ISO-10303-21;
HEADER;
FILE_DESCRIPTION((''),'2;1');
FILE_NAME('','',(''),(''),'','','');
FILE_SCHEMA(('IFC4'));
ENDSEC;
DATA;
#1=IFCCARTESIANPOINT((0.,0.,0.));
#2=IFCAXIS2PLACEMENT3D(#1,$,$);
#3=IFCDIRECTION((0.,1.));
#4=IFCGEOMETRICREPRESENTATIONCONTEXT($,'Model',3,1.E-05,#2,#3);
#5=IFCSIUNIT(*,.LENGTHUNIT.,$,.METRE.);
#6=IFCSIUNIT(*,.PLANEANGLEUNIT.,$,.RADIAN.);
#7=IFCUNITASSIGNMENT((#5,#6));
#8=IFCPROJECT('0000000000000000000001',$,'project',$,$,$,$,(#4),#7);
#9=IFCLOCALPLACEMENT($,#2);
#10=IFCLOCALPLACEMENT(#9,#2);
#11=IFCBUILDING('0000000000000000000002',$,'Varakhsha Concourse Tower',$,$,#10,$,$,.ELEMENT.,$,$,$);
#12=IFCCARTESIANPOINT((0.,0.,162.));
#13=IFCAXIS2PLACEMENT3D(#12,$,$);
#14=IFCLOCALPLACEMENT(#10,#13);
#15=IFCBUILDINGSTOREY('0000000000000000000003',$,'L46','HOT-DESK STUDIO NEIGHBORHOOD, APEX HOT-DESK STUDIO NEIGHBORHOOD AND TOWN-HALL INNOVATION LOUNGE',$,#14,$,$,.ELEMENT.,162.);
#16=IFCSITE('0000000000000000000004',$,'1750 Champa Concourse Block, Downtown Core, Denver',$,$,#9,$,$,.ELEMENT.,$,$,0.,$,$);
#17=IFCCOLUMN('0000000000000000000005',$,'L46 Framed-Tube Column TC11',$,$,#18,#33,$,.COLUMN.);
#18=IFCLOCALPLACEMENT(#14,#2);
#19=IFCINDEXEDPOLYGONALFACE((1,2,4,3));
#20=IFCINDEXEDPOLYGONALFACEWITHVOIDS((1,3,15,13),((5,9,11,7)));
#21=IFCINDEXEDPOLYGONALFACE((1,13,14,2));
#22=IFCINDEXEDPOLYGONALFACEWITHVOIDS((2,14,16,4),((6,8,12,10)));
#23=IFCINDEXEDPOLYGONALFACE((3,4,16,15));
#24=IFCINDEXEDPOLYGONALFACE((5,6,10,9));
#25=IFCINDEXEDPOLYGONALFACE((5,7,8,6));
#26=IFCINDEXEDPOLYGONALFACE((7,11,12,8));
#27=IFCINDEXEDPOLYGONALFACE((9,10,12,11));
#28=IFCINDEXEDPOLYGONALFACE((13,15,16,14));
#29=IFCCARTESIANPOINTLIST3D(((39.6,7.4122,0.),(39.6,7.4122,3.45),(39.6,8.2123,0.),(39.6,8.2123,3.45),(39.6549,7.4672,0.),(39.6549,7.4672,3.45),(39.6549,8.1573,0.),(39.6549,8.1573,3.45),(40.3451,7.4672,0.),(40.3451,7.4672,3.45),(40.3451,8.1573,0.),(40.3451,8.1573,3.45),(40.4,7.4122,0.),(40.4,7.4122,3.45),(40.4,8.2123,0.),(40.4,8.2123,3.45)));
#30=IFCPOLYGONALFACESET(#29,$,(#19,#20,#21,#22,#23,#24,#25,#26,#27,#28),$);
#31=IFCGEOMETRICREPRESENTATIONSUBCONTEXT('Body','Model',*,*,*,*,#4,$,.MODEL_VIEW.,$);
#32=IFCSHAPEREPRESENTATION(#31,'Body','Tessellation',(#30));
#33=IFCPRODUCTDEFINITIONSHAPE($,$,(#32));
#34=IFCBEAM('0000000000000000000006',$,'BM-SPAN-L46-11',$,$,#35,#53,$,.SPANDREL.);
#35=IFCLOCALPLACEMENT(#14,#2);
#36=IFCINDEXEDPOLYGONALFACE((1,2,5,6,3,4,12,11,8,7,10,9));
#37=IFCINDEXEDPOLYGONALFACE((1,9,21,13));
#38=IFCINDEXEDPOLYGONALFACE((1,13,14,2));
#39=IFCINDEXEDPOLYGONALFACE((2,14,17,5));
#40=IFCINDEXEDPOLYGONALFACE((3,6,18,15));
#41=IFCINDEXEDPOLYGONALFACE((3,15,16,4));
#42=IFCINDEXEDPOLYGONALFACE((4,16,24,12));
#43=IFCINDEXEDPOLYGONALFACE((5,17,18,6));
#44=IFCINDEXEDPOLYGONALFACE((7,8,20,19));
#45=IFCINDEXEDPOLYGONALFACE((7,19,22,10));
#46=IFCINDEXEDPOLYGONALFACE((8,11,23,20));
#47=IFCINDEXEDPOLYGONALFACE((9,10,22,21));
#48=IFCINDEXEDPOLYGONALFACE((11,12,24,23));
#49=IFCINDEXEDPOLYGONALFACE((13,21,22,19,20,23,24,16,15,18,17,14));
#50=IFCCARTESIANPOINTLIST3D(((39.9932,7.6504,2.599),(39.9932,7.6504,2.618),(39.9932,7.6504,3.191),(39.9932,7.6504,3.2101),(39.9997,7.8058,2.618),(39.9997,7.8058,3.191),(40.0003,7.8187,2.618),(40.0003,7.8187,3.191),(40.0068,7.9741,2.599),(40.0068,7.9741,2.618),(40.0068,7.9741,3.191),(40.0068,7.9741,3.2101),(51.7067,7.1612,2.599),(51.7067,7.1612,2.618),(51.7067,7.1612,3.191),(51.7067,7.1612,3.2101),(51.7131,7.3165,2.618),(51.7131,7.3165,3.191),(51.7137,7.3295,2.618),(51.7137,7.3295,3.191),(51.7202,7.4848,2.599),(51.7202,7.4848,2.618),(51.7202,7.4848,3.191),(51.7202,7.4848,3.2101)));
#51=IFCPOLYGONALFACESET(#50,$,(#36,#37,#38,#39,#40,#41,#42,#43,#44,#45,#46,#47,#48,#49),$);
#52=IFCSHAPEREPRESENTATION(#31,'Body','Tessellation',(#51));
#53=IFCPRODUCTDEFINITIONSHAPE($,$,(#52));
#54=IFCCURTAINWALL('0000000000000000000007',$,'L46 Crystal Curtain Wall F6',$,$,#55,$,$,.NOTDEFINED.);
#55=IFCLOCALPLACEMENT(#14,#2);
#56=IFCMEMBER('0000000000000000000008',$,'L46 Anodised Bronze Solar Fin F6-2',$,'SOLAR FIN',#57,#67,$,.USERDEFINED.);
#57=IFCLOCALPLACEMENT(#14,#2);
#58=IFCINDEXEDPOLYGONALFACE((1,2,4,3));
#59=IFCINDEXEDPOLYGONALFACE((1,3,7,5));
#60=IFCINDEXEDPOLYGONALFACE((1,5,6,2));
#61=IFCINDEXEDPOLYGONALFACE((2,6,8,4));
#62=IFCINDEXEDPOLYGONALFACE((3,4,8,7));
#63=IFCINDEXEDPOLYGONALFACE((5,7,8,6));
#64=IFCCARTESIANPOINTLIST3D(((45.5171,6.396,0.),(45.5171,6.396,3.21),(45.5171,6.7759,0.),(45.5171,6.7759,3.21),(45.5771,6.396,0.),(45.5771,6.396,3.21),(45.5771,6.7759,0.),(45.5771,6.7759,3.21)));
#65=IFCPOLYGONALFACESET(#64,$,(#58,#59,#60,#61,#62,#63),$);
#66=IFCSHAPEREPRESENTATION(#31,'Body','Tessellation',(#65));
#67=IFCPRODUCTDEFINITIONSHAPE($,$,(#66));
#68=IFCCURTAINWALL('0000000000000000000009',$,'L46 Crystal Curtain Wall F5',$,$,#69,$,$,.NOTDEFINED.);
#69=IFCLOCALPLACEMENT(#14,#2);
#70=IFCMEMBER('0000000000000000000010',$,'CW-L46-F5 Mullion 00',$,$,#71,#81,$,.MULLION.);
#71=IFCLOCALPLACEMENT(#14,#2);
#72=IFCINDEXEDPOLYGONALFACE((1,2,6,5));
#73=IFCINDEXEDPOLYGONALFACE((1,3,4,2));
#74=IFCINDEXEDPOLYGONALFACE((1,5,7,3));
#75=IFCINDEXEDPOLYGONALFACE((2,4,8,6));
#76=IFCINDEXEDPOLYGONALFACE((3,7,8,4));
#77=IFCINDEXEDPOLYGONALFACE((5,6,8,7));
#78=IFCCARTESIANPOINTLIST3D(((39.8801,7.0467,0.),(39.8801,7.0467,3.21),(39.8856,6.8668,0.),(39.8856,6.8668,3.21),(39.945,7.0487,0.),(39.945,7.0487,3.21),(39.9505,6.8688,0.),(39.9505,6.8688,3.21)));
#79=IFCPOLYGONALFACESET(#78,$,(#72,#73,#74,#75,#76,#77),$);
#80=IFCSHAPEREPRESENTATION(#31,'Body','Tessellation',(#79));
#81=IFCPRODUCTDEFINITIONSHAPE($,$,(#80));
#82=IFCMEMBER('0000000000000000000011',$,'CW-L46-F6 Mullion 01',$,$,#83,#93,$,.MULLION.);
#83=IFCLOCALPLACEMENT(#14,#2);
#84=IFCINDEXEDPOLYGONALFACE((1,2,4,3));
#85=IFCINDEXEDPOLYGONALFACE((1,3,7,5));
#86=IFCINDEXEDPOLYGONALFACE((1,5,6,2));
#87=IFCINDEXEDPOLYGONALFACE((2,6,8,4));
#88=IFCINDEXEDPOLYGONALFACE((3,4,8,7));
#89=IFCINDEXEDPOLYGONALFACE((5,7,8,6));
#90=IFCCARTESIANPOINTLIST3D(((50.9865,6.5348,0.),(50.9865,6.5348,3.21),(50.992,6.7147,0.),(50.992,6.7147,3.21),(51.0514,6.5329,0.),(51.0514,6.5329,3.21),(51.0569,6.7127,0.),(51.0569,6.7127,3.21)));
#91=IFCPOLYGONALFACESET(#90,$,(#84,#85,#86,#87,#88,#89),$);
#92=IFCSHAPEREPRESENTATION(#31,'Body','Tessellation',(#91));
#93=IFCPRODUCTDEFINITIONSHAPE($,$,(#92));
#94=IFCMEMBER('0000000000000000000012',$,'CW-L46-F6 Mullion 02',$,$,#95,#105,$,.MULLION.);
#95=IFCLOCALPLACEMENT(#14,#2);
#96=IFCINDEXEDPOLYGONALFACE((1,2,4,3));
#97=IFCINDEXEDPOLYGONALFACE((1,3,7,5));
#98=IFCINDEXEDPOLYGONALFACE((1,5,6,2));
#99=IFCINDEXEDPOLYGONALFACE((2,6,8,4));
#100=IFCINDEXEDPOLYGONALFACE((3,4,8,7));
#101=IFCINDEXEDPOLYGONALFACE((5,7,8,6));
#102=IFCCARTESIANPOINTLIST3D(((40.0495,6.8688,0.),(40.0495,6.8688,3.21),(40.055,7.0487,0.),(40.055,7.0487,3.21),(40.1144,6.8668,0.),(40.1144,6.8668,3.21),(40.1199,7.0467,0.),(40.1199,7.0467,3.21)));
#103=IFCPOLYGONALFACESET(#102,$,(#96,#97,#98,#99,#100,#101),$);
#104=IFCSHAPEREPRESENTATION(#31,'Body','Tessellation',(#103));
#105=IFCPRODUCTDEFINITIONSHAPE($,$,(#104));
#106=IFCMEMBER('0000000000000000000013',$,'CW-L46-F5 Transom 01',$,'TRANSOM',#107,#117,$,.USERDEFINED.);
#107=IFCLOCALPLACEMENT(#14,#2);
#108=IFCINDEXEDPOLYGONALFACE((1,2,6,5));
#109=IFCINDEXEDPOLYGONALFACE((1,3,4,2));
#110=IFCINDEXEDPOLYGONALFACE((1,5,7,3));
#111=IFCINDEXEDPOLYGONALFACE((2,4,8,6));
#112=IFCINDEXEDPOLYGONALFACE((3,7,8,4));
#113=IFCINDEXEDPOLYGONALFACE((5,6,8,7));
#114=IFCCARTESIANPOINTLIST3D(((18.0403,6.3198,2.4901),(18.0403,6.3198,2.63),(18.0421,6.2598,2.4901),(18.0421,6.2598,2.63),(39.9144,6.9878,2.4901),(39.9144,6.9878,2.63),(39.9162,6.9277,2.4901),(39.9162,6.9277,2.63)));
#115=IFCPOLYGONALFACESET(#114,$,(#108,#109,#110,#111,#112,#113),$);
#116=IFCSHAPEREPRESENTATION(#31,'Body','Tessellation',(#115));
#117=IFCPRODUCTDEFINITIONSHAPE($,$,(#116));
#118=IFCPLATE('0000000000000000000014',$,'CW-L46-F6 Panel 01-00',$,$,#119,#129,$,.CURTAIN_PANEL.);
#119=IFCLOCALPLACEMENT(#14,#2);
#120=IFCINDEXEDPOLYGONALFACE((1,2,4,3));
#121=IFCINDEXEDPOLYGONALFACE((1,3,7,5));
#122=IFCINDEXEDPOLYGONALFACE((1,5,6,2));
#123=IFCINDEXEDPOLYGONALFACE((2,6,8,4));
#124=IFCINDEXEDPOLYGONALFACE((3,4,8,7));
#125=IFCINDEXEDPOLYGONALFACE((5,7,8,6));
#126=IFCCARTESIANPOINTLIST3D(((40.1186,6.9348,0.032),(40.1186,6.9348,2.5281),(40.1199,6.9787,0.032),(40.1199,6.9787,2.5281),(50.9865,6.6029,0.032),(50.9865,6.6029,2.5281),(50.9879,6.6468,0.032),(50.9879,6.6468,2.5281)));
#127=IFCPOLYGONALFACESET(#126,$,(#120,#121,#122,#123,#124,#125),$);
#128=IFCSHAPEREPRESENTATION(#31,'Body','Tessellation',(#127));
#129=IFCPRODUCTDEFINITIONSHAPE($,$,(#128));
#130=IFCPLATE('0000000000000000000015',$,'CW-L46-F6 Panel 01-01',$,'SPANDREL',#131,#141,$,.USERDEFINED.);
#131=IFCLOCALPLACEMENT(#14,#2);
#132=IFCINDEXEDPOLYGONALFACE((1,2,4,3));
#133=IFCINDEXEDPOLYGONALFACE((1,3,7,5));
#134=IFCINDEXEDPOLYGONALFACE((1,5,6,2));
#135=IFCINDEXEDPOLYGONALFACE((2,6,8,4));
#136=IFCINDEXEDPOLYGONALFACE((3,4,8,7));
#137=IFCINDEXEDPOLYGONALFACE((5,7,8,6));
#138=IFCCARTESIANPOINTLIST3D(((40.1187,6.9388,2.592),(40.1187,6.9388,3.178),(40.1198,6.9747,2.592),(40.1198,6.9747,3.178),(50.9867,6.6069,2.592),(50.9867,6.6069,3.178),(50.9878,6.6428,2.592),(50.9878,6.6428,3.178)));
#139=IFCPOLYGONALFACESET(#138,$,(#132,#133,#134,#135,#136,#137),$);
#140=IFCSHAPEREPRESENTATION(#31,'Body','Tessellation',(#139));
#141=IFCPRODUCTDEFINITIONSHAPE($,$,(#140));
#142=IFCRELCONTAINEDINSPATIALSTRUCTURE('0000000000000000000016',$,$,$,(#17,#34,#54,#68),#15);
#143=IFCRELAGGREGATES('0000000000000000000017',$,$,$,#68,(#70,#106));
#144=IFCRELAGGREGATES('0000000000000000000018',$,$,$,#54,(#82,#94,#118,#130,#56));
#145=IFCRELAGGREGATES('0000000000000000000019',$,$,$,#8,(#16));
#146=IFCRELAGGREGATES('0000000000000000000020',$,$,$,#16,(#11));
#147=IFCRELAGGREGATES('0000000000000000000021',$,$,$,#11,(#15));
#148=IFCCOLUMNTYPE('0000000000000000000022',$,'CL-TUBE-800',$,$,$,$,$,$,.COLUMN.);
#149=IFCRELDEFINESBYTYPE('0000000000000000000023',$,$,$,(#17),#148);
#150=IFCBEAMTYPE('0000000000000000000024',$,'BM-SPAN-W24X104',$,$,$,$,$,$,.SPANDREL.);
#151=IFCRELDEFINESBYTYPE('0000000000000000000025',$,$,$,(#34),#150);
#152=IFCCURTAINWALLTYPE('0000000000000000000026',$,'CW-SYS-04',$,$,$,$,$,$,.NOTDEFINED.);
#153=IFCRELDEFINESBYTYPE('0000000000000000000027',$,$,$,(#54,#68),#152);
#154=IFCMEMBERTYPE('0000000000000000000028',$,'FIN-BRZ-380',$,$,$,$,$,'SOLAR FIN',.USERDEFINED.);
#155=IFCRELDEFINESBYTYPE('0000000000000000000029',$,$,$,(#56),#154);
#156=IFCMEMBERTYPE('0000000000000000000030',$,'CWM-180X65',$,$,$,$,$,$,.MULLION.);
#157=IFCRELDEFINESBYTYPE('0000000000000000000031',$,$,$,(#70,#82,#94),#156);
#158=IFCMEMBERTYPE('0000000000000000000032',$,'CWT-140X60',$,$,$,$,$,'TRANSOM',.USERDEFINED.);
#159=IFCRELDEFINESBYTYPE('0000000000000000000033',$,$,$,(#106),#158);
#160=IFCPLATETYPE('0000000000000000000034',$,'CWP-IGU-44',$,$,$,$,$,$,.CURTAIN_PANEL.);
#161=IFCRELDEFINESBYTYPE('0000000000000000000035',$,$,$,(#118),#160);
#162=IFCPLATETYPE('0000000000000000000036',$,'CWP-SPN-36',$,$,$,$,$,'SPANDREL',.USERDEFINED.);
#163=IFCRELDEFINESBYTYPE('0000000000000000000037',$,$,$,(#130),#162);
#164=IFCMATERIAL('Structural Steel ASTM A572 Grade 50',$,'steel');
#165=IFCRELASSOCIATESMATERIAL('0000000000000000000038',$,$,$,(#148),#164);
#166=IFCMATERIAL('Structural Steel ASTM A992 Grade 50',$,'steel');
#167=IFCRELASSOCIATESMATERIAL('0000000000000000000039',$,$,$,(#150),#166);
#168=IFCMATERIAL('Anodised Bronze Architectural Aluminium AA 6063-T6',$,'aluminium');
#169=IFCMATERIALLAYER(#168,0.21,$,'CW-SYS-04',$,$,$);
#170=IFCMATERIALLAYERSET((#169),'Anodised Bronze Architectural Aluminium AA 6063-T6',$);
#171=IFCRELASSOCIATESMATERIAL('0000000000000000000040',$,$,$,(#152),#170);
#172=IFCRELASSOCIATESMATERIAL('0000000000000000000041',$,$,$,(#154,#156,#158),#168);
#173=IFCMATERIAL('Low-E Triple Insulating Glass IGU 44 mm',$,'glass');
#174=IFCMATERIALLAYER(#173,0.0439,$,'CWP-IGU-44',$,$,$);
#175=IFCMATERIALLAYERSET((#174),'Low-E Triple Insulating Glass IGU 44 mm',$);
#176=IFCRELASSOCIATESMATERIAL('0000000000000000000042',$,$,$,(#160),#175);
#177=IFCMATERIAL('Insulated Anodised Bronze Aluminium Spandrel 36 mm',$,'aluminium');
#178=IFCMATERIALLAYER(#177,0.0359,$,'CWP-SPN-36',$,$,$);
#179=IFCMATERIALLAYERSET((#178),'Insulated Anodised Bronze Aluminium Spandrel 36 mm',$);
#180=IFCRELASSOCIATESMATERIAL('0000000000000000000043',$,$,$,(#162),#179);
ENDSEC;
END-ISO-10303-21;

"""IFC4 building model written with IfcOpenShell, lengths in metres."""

from ifc_helpers import new_model, si_unit, direction, frame, origin, origin_2d, place, context, subcontext, project, spatial, rectangle, hollow_rectangle, i_section, extrude, source, transform, mapped, material, layer, layer_set, material_profile, profile_set, type_object, type_shapes, element, aggregate, save


model = new_model("IFC4")

# Units and contexts
model_context = context("Model", 3, precision=1e-05, world=origin(), true_north=direction((0.0, 1.0)))
body_context = subcontext(model_context, "Body", "Model", "MODEL_VIEW")
ifc_project = project(units=[si_unit("LENGTHUNIT", "METRE"), si_unit("PLANEANGLEUNIT", "RADIAN")], contexts=[model_context])

# Site, building, storey
site_placement = place(None, origin())
site = spatial("IfcSite", under=ifc_project, at=site_placement, Name="1750 Champa Concourse Block, Downtown Core, Denver", CompositionType="ELEMENT", RefElevation=0.0)
building_placement = place(site_placement, origin())
building = spatial("IfcBuilding", under=site, at=building_placement, Name="Varakhsha Concourse Tower", CompositionType="ELEMENT")
storey_placement = place(building_placement, frame((0.0, 0.0, 162.0)))
storey = spatial("IfcBuildingStorey", under=building, at=storey_placement, Name="L46", Description="HOT-DESK STUDIO NEIGHBORHOOD, APEX HOT-DESK STUDIO NEIGHBORHOOD AND TOWN-HALL INNOVATION LOUNGE", CompositionType="ELEMENT", Elevation=162.0)

# Column
ifc_material_1 = material(Name="Structural Steel ASTM A572 Grade 50", Category="steel")
ifc_material_profile_1 = material_profile(ifc_material_1, hollow_rectangle(XDim=0.8, YDim=0.8, WallThickness=0.0549, at=origin_2d()), Name="BOX 800x800x55")
ifc_profile_set_1 = profile_set([ifc_material_profile_1], Name="Structural Steel ASTM A572 Grade 50")
column_type = type_object("IfcColumnType", Name="CL-TUBE-800", PredefinedType="COLUMN", material=ifc_profile_set_1)
column_placement = place(storey_placement, frame((40.0, 7.8123, 0.0), z_axis=(0.0, 0.0, 1.0), x_axis=(1.0, 0.0, 0.0)))
element("IfcColumn", 1, at=column_placement, inside=storey, type_object=column_type, Name="L46 Framed-Tube Column TC11", PredefinedType="COLUMN", context=body_context, shape_type="SweptSolid", body=[
    extrude(hollow_rectangle(XDim=0.8, YDim=0.8, WallThickness=0.0549, at=origin_2d()), origin(), (0.0, 0.0, 1.0), 3.45),
])

# Beam
ifc_material_2 = material(Name="Structural Steel ASTM A992 Grade 50", Category="steel")
ifc_material_profile_2 = material_profile(ifc_material_2, i_section(OverallWidth=0.324, OverallDepth=0.6111, WebThickness=0.0129, FlangeThickness=0.019, at=origin_2d()), Name="W24X104")
ifc_profile_set_2 = profile_set([ifc_material_profile_2], Name="Structural Steel ASTM A992 Grade 50")
beam_type = type_object("IfcBeamType", Name="BM-SPAN-W24X104", PredefinedType="SPANDREL", material=ifc_profile_set_2)
beam_placement = place(storey_placement, frame((40.0, 7.8123, 2.9045), z_axis=(0.999129, -0.041733, 0.0), x_axis=(0.041733, 0.999129, 0.0)))
element("IfcBeam", 2, at=beam_placement, inside=storey, type_object=beam_type, Name="BM-SPAN-L46-11", PredefinedType="SPANDREL", context=body_context, shape_type="SweptSolid", body=[
    extrude(i_section(OverallWidth=0.324, OverallDepth=0.6111, WebThickness=0.0129, FlangeThickness=0.019, at=origin_2d()), origin(), (0.0, 0.0, 1.0), 11.7236),
])

# Curtain walls, members
ifc_material_3 = material(Name="Anodised Bronze Architectural Aluminium AA 6063-T6", Category="aluminium")
ifc_layer_1 = layer(ifc_material_3, 0.21, Name="CW-SYS-04")
ifc_layer_set_1 = layer_set([ifc_layer_1], Name="Anodised Bronze Architectural Aluminium AA 6063-T6")
curtain_wall_type = type_object("IfcCurtainWallType", Name="CW-SYS-04", PredefinedType="NOTDEFINED", material=ifc_layer_set_1)
curtain_wall_1_placement = place(storey_placement, origin())
curtain_wall_1 = element("IfcCurtainWall", 3, at=curtain_wall_1_placement, inside=storey, type_object=curtain_wall_type, Name="L46 Crystal Curtain Wall F6", PredefinedType="NOTDEFINED")
ifc_material_profile_3 = material_profile(ifc_material_3, rectangle(XDim=0.0601, YDim=0.3799, at=origin_2d()), Name="FIN-BRZ-380")
ifc_profile_set_3 = profile_set([ifc_material_profile_3], Name="Anodised Bronze Architectural Aluminium AA 6063-T6")
member_type_1 = type_object("IfcMemberType", Name="FIN-BRZ-380", ElementType="SOLAR FIN", PredefinedType="USERDEFINED", material=ifc_profile_set_3)
shared_shape_1 = source(origin(), body_context, "Body", "SweptSolid", [
    extrude(rectangle(XDim=0.0601, YDim=0.3799, at=origin_2d()), origin(), (0.0, 0.0, 1.0), 3.21),
])
type_shapes(member_type_1, [shared_shape_1])
member_1_placement = place(storey_placement, frame((45.5471, 6.5859, 0.0), z_axis=(0.0, 0.0, 1.0), x_axis=(1.0, 0.0, 0.0)))
member_1 = element("IfcMember", 4, at=member_1_placement, type_object=member_type_1, Name="L46 Anodised Bronze Solar Fin F6-2", ObjectType="SOLAR FIN", PredefinedType="USERDEFINED", context=body_context, shape_type="MappedRepresentation", body=[
    mapped(shared_shape_1, transform((0.0, 0.0, 0.0), scale=1.0)),
])
curtain_wall_2_placement = place(storey_placement, origin())
curtain_wall_2 = element("IfcCurtainWall", 5, at=curtain_wall_2_placement, inside=storey, type_object=curtain_wall_type, Name="L46 Crystal Curtain Wall F5", PredefinedType="NOTDEFINED")
ifc_material_profile_4 = material_profile(ifc_material_3, rectangle(XDim=0.0649, YDim=0.1799, at=origin_2d()), Name="CWM-180X65")
ifc_profile_set_4 = profile_set([ifc_material_profile_4], Name="Anodised Bronze Architectural Aluminium AA 6063-T6")
member_type_2 = type_object("IfcMemberType", Name="CWM-180X65", PredefinedType="MULLION", material=ifc_profile_set_4)
shared_shape_2 = source(origin(), body_context, "Body", "SweptSolid", [
    extrude(rectangle(XDim=0.0649, YDim=0.1799, at=origin_2d()), origin(), (0.0, 0.0, 1.0), 3.21),
])
type_shapes(member_type_2, [shared_shape_2])
member_2_placement = place(storey_placement, frame((39.9153, 6.9578, 0.0), z_axis=(0.0, 0.0, 1.0), x_axis=(-0.999534, -0.030525, 0.0)))
member_2 = element("IfcMember", 6, at=member_2_placement, type_object=member_type_2, Name="CW-L46-F5 Mullion 00", PredefinedType="MULLION", context=body_context, shape_type="MappedRepresentation", body=[
    mapped(shared_shape_2, transform((0.0, 0.0, 0.0), scale=1.0)),
])

# Members
member_3_placement = place(storey_placement, frame((51.0217, 6.6238, 0.0), z_axis=(0.0, 0.0, 1.0), x_axis=(-0.999534, 0.030525, 0.0)))
member_3 = element("IfcMember", 7, at=member_3_placement, type_object=member_type_2, Name="CW-L46-F6 Mullion 01", PredefinedType="MULLION", context=body_context, shape_type="MappedRepresentation", body=[
    mapped(shared_shape_2, transform((0.0, 0.0, 0.0), scale=1.0)),
])
member_4_placement = place(storey_placement, frame((40.0847, 6.9578, 0.0), z_axis=(0.0, 0.0, 1.0), x_axis=(-0.999534, 0.030525, 0.0)))
member_4 = element("IfcMember", 8, at=member_4_placement, type_object=member_type_2, Name="CW-L46-F6 Mullion 02", PredefinedType="MULLION", context=body_context, shape_type="MappedRepresentation", body=[
    mapped(shared_shape_2, transform((0.0, 0.0, 0.0), scale=1.0)),
])
ifc_material_profile_5 = material_profile(ifc_material_3, rectangle(XDim=0.0601, YDim=0.1399, at=origin_2d()), Name="CWT-140X60")
ifc_profile_set_5 = profile_set([ifc_material_profile_5], Name="Anodised Bronze Architectural Aluminium AA 6063-T6")
member_type_3 = type_object("IfcMemberType", Name="CWT-140X60", ElementType="TRANSOM", PredefinedType="USERDEFINED", material=ifc_profile_set_5)
shared_shape_3 = source(origin(), body_context, "Body", "SweptSolid", [
    extrude(rectangle(XDim=0.0601, YDim=0.1399, at=origin_2d()), origin(), (0.0, 0.0, 1.0), 21.8843),
])
type_shapes(member_type_3, [shared_shape_3])
member_5_placement = place(storey_placement, frame((39.9153, 6.9578, 2.5601), z_axis=(-0.999534, -0.030523, 0.0), x_axis=(0.030523, -0.999534, 0.0)))
member_5 = element("IfcMember", 9, at=member_5_placement, type_object=member_type_3, Name="CW-L46-F5 Transom 01", ObjectType="TRANSOM", PredefinedType="USERDEFINED", context=body_context, shape_type="MappedRepresentation", body=[
    mapped(shared_shape_3, transform((0.0, 0.0, 0.0), scale=1.0)),
])
aggregate(curtain_wall_2, [member_2, member_5])

# Plates
ifc_material_4 = material(Name="Low-E Triple Insulating Glass IGU 44 mm", Category="glass")
ifc_layer_2 = layer(ifc_material_4, 0.0439, Name="CWP-IGU-44")
ifc_layer_set_2 = layer_set([ifc_layer_2], Name="Low-E Triple Insulating Glass IGU 44 mm")
plate_type_1 = type_object("IfcPlateType", Name="CWP-IGU-44", PredefinedType="CURTAIN_PANEL", material=ifc_layer_set_2)
shared_shape_4 = source(origin(), body_context, "Body", "SweptSolid", [
    extrude(rectangle(XDim=10.873, YDim=0.0439, at=origin_2d()), origin(), (0.0, 0.0, 1.0), 2.4961),
])
type_shapes(plate_type_1, [shared_shape_4])
plate_1_placement = place(storey_placement, frame((45.5532, 6.7908, 0.032), z_axis=(0.0, 0.0, 1.0), x_axis=(-0.999534, 0.030525, 0.0)))
plate_1 = element("IfcPlate", 10, at=plate_1_placement, type_object=plate_type_1, Name="CW-L46-F6 Panel 01-00", PredefinedType="CURTAIN_PANEL", context=body_context, shape_type="MappedRepresentation", body=[
    mapped(shared_shape_4, transform((0.0, 0.0, 0.0), scale=1.0)),
])
ifc_material_5 = material(Name="Insulated Anodised Bronze Aluminium Spandrel 36 mm", Category="aluminium")
ifc_layer_3 = layer(ifc_material_5, 0.0359, Name="CWP-SPN-36")
ifc_layer_set_3 = layer_set([ifc_layer_3], Name="Insulated Anodised Bronze Aluminium Spandrel 36 mm")
plate_type_2 = type_object("IfcPlateType", Name="CWP-SPN-36", ElementType="SPANDREL", PredefinedType="USERDEFINED", material=ifc_layer_set_3)
shared_shape_5 = source(origin(), body_context, "Body", "SweptSolid", [
    extrude(rectangle(XDim=10.873, YDim=0.0359, at=origin_2d()), origin(), (0.0, 0.0, 1.0), 0.5859),
])
type_shapes(plate_type_2, [shared_shape_5])
plate_2_placement = place(storey_placement, frame((45.5532, 6.7908, 2.592), z_axis=(0.0, 0.0, 1.0), x_axis=(-0.999534, 0.030525, 0.0)))
plate_2 = element("IfcPlate", 11, at=plate_2_placement, type_object=plate_type_2, Name="CW-L46-F6 Panel 01-01", ObjectType="SPANDREL", PredefinedType="USERDEFINED", context=body_context, shape_type="MappedRepresentation", body=[
    mapped(shared_shape_5, transform((0.0, 0.0, 0.0), scale=1.0)),
])
aggregate(curtain_wall_1, [member_3, member_4, plate_1, plate_2, member_1])

save(model, "model.ifc")
